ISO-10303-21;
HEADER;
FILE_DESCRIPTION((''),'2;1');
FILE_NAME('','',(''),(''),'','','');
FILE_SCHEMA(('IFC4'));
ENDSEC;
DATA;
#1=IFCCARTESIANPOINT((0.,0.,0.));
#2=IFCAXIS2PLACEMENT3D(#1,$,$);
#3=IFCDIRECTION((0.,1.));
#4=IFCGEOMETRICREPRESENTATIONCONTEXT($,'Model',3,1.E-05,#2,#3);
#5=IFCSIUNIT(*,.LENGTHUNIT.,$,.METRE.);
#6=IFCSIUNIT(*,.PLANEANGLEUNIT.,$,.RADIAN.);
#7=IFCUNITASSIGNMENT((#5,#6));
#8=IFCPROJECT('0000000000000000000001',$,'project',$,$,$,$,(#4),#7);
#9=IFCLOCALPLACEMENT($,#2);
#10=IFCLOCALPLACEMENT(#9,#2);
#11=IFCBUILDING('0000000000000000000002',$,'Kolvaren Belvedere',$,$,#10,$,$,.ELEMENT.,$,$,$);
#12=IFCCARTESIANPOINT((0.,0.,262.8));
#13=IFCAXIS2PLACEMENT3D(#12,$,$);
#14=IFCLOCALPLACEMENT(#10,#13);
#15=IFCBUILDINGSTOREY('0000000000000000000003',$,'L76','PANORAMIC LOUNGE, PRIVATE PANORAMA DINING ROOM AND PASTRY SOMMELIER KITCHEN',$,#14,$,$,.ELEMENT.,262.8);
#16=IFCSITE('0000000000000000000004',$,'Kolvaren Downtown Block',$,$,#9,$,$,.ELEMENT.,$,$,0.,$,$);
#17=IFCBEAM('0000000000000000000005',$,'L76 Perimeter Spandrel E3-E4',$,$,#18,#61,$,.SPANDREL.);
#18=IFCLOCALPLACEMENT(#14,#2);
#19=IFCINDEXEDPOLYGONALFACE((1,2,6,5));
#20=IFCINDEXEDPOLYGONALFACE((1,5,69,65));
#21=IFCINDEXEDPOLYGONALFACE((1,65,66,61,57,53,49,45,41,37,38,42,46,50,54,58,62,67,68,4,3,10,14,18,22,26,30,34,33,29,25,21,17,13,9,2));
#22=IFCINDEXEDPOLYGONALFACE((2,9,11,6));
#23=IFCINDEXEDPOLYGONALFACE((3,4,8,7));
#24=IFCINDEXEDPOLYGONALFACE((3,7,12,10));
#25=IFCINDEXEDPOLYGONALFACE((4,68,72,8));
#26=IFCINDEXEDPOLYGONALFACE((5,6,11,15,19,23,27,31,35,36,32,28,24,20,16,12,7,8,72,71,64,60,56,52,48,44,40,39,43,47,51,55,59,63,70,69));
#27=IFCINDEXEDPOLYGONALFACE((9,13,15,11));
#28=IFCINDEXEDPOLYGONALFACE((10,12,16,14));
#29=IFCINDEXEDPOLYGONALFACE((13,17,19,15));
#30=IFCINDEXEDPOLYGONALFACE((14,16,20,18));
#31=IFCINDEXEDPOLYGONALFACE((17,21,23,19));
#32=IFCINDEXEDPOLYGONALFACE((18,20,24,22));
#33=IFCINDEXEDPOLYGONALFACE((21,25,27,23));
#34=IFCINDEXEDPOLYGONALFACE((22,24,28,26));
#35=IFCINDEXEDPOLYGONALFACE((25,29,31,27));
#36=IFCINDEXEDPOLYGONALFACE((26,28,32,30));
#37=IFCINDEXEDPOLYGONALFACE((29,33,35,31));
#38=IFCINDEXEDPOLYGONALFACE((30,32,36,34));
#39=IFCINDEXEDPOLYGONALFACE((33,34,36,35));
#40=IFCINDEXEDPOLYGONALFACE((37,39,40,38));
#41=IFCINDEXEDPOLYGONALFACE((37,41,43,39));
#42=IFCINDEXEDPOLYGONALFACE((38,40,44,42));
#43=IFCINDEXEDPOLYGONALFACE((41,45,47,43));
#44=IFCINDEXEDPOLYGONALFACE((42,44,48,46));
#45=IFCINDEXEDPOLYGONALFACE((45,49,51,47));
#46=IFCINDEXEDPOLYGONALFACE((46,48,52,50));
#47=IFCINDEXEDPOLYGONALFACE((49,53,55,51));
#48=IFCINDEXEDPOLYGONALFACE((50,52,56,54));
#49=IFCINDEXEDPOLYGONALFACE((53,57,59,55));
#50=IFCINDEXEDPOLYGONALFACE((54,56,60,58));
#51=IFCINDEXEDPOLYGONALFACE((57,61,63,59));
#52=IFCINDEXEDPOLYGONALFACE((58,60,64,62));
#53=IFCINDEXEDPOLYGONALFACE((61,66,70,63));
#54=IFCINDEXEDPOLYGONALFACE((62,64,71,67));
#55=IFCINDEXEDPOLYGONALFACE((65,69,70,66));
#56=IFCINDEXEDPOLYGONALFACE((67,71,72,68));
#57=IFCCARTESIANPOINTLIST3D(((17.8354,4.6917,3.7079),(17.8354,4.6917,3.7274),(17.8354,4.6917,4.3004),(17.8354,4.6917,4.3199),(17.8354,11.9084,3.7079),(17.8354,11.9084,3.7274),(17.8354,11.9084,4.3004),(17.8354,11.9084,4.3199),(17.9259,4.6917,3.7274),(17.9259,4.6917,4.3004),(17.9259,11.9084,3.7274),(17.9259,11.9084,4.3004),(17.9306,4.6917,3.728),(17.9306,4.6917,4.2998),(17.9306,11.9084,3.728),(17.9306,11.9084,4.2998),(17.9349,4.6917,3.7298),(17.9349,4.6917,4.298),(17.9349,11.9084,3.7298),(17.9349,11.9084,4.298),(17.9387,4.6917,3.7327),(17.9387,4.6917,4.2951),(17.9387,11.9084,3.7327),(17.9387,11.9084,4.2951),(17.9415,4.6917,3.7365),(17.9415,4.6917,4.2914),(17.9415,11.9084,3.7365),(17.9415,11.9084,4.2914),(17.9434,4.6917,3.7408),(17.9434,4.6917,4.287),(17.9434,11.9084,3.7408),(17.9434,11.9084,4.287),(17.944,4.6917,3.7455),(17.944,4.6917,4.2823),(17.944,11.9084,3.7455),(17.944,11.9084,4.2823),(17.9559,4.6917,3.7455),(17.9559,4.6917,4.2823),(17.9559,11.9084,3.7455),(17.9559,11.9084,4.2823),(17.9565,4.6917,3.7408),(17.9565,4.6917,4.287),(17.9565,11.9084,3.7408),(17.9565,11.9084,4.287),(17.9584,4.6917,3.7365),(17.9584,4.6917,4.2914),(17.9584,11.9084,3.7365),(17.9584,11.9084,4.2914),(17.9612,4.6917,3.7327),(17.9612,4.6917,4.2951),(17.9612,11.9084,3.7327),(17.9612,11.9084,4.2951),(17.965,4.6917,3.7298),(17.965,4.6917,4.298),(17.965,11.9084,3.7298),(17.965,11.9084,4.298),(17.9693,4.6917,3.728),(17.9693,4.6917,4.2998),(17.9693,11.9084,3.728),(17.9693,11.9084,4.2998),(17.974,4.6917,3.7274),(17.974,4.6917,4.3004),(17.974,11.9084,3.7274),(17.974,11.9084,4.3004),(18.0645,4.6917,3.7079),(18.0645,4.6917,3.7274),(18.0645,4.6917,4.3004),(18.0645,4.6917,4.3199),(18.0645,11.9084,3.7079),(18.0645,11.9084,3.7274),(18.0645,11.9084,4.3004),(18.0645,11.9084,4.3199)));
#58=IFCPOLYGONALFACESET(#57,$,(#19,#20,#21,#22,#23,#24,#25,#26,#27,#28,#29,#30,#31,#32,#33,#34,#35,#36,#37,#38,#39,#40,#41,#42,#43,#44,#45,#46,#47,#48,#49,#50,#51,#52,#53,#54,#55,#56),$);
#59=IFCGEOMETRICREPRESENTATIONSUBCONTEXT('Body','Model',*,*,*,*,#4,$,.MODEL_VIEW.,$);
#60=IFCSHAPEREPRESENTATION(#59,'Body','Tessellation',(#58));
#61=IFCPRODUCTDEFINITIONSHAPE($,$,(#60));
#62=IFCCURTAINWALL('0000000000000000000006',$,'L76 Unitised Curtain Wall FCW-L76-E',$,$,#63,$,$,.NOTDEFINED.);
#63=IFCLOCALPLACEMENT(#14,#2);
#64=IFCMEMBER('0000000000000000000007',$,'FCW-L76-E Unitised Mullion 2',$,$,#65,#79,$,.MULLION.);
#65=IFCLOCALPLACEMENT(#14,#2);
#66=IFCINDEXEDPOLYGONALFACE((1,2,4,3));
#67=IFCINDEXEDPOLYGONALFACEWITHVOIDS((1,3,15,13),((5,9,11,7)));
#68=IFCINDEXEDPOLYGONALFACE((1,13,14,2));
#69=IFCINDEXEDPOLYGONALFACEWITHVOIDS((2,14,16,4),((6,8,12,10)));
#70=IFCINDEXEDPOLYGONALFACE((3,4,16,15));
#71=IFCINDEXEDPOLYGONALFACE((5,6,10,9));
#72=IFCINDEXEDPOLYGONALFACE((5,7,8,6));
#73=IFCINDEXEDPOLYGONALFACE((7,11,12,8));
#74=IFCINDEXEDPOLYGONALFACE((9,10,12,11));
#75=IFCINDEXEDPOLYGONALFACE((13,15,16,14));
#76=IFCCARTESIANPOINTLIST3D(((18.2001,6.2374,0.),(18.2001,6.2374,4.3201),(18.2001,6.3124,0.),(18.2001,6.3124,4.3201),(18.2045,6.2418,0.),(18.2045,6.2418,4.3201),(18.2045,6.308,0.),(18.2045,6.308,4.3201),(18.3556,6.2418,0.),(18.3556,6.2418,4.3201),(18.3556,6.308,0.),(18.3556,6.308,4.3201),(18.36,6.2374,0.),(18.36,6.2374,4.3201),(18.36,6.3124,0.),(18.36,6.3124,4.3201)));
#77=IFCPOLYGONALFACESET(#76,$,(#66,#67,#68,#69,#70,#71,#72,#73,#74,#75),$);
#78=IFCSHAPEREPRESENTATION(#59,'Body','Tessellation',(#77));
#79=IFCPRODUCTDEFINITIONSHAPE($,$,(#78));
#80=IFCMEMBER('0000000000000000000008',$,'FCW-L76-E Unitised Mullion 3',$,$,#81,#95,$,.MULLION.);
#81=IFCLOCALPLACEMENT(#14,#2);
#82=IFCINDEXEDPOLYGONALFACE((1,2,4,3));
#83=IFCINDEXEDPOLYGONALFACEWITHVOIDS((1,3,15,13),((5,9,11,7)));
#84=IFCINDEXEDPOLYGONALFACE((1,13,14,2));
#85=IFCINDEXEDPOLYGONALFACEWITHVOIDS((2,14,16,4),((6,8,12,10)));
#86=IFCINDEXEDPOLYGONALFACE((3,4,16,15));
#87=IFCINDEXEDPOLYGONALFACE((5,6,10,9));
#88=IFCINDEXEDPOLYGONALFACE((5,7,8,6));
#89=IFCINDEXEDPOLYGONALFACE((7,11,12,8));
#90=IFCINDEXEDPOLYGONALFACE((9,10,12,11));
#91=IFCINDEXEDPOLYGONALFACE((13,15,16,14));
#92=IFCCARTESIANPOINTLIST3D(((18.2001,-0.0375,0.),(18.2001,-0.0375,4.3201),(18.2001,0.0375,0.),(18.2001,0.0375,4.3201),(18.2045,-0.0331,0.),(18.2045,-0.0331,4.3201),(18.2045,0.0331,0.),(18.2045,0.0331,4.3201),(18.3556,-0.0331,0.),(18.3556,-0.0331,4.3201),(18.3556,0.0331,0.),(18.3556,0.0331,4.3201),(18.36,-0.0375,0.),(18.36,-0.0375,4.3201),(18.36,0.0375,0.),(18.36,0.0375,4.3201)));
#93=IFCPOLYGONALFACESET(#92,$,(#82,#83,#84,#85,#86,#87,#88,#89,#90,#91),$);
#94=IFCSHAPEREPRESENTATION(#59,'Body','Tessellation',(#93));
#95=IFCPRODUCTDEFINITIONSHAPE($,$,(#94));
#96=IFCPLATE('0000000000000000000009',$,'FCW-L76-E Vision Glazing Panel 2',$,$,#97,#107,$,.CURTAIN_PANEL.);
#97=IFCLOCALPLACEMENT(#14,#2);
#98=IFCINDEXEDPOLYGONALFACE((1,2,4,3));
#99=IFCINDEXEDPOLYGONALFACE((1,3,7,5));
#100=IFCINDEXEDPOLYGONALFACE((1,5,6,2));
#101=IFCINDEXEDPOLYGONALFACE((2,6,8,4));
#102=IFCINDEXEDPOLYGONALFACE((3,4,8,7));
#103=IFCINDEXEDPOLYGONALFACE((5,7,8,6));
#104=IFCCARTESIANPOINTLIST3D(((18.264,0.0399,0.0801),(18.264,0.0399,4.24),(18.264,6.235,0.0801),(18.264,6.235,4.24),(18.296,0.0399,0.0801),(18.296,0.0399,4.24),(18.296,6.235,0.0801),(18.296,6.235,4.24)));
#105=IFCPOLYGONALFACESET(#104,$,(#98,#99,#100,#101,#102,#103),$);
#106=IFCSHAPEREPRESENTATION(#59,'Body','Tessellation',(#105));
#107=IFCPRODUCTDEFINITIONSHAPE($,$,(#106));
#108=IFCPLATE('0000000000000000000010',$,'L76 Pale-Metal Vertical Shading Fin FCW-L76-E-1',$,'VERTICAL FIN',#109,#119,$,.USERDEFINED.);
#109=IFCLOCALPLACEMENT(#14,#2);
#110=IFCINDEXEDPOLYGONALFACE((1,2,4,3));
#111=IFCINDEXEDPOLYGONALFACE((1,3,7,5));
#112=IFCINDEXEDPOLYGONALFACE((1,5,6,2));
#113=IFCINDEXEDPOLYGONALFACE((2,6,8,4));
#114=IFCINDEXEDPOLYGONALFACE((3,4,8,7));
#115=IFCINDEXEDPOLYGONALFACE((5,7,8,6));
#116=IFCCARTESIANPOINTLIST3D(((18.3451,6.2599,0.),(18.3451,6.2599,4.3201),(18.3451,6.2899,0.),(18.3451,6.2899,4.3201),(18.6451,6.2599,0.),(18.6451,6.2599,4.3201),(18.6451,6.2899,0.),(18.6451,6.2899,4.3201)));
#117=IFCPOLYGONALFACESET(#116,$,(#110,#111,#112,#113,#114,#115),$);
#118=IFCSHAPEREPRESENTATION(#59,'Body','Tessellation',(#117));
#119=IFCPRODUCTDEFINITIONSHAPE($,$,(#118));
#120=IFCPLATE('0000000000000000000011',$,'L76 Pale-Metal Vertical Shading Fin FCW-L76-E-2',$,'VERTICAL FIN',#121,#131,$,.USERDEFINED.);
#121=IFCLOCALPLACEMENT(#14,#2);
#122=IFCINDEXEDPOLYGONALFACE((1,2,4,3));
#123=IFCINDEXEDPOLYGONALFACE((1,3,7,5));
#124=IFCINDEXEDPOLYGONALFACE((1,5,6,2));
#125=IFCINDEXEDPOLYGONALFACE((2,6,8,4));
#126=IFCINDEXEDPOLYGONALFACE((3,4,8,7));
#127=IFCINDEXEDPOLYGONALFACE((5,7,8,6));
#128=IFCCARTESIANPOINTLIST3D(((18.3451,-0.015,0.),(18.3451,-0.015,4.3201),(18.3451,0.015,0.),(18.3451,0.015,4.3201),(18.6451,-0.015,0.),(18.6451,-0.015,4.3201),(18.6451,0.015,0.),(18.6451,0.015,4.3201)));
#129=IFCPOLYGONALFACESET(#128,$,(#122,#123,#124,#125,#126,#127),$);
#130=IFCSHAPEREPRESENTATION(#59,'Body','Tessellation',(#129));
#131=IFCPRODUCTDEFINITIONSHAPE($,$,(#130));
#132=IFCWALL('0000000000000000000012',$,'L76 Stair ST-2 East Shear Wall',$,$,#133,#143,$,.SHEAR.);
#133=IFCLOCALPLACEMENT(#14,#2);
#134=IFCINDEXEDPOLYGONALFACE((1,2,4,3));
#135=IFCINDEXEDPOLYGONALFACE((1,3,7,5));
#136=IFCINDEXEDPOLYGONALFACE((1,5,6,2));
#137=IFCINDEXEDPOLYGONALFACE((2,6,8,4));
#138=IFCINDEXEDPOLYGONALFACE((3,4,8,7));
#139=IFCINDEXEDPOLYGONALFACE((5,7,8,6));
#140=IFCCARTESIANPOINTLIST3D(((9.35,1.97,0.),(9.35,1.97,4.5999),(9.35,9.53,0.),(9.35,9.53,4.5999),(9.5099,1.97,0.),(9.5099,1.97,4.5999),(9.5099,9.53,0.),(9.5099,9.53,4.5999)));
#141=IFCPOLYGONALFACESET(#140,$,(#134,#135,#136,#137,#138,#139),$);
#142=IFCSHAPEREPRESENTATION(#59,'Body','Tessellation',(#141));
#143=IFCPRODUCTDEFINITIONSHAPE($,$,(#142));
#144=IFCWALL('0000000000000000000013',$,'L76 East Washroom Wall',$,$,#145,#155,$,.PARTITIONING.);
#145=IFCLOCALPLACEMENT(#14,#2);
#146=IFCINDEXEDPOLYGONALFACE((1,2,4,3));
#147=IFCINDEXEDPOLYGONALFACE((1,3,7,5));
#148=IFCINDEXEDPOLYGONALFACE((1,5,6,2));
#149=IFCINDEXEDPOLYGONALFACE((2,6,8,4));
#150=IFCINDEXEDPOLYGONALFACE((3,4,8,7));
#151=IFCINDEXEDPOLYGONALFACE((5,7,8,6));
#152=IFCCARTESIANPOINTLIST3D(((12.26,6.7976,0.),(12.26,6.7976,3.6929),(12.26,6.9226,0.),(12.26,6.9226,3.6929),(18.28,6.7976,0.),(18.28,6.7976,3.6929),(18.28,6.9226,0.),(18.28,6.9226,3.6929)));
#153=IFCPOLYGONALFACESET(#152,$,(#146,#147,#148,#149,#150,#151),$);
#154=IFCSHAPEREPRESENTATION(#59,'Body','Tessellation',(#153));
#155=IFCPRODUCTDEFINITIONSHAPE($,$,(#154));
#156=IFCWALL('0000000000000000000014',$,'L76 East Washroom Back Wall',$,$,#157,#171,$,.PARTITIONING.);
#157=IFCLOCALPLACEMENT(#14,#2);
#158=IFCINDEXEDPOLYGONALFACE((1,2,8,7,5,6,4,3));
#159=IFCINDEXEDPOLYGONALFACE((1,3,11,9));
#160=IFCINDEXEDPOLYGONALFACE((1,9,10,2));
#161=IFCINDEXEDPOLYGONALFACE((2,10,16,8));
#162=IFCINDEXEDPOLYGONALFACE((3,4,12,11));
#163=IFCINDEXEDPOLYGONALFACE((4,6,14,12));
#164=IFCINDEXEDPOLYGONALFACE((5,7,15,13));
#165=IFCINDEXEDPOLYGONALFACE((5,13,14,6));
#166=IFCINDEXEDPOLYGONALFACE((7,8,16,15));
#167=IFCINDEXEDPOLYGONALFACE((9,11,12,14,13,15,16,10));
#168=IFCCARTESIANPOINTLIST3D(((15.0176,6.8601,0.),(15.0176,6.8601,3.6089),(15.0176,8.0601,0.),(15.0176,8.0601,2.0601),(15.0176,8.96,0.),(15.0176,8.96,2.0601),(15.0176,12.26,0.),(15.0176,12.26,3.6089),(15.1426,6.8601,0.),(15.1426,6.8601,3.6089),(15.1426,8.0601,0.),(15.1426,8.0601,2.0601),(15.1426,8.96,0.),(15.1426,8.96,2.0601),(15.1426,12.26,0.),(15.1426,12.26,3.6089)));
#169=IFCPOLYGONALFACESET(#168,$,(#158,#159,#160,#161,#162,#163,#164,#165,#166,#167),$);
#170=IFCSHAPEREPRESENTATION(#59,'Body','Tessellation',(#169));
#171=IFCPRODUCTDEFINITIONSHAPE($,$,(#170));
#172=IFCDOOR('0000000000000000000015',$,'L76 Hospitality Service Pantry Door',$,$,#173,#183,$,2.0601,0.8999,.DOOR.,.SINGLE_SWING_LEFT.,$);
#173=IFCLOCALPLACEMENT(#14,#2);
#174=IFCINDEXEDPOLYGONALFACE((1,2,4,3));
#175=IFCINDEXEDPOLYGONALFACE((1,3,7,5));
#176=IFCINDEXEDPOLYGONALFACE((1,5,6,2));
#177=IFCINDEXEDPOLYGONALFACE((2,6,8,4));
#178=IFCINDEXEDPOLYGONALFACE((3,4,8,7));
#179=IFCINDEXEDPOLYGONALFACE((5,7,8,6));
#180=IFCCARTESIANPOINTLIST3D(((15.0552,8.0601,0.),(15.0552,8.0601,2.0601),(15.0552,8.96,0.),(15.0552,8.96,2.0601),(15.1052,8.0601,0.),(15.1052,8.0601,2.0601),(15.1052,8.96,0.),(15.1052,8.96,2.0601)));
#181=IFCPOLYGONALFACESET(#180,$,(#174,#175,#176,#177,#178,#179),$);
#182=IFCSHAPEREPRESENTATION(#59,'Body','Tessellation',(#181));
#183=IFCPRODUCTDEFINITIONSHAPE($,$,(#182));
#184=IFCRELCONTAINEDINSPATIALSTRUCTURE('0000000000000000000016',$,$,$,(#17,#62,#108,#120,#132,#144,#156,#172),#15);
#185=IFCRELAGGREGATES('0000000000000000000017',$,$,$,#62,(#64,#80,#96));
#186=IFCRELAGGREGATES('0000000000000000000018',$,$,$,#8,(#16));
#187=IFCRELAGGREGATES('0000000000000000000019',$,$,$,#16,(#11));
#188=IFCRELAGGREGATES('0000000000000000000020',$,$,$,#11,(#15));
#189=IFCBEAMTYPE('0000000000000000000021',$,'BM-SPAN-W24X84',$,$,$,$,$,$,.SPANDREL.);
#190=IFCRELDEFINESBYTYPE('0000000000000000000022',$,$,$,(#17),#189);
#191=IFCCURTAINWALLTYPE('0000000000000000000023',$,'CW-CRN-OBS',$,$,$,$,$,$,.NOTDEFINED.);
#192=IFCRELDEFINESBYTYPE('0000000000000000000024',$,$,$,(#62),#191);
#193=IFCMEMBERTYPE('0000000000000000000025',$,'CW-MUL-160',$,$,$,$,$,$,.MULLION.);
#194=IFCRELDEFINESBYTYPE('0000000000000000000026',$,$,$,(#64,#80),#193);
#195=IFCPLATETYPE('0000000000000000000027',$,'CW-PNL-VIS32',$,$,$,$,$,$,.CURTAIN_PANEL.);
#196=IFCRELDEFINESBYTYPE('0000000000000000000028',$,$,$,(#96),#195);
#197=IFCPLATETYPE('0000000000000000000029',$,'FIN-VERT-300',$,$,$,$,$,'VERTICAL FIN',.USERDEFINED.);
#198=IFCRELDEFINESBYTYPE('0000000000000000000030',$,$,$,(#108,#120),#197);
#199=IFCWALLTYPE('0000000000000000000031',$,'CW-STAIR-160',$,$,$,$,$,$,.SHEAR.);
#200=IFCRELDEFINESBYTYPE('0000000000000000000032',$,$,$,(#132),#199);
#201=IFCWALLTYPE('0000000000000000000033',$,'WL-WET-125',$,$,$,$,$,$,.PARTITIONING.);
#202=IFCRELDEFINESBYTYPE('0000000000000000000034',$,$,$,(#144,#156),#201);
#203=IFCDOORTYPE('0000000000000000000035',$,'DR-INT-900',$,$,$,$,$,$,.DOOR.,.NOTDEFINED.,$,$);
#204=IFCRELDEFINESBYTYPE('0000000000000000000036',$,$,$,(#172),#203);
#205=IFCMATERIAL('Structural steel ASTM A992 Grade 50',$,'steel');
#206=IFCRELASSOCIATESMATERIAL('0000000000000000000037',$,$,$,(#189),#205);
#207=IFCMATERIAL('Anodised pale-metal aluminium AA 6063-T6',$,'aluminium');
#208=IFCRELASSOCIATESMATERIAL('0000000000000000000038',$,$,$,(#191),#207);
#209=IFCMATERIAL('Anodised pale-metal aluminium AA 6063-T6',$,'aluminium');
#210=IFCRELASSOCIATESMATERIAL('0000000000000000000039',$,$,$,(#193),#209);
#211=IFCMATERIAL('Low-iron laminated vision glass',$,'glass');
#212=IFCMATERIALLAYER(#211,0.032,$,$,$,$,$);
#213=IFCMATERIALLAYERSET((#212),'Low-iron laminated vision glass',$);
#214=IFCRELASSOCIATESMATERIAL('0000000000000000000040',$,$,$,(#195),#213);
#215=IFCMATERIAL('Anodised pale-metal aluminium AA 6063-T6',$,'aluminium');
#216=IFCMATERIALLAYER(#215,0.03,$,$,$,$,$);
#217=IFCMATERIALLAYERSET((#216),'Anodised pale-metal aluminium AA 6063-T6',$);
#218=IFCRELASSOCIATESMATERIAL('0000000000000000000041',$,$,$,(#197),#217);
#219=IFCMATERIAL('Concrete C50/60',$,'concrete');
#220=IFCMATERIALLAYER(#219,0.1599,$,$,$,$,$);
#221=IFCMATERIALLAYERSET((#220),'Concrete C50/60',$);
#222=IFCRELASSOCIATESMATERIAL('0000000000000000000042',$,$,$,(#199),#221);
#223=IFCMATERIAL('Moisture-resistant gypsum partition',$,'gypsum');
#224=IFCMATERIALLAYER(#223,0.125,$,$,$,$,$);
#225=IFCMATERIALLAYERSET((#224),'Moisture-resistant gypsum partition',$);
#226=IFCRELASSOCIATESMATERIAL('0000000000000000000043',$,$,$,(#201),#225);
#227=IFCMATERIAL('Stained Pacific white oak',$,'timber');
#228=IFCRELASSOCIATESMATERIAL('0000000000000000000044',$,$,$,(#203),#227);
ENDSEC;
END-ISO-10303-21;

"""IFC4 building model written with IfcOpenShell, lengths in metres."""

from ifc_helpers import new_model, si_unit, direction, frame, frame_2d, origin, origin_2d, place, context, subcontext, project, spatial, rectangle, hollow_rectangle, i_section, extrude, material, layer, layer_set, material_profile, profile_set, type_object, element, fill, aggregate, save


model = new_model("IFC4")

# Units and contexts
model_context = context("Model", 3, precision=1e-05, world=origin(), true_north=direction((0.0, 1.0)))
body_context = subcontext(model_context, "Body", "Model", "MODEL_VIEW")
ifc_project = project(units=[si_unit("LENGTHUNIT", "METRE"), si_unit("PLANEANGLEUNIT", "RADIAN")], contexts=[model_context])

# Site, building, storey
site_placement = place(None, origin())
site = spatial("IfcSite", under=ifc_project, at=site_placement, Name="Kolvaren Downtown Block", CompositionType="ELEMENT", RefElevation=0.0)
building_placement = place(site_placement, origin())
building = spatial("IfcBuilding", under=site, at=building_placement, Name="Kolvaren Belvedere", CompositionType="ELEMENT")
storey_placement = place(building_placement, frame((0.0, 0.0, 262.8)))
storey = spatial("IfcBuildingStorey", under=building, at=storey_placement, Name="L76", Description="PANORAMIC LOUNGE, PRIVATE PANORAMA DINING ROOM AND PASTRY SOMMELIER KITCHEN", CompositionType="ELEMENT", Elevation=262.8)

# Beam
ifc_material_1 = material(Name="Structural steel ASTM A992 Grade 50", Category="steel")
ifc_material_profile_1 = material_profile(ifc_material_1, i_section(OverallWidth=0.229, OverallDepth=0.6121, WebThickness=0.012, FlangeThickness=0.0195, FilletRadius=0.0181, at=origin_2d()), Name="W24X84")
ifc_profile_set_1 = profile_set([ifc_material_profile_1], Name="Structural steel ASTM A992 Grade 50")
beam_type_1 = type_object("IfcBeamType", Name="BM-SPAN-W24X84", PredefinedType="SPANDREL", material=ifc_profile_set_1)
beam_1_placement = place(storey_placement, frame((17.95, 4.6917, 4.0139), z_axis=(0.0, 1.0, 0.0), x_axis=(-1.0, 0.0, 0.0)))
element("IfcBeam", 1, at=beam_1_placement, inside=storey, type_object=beam_type_1, Name="L76 Perimeter Spandrel E3-E4", PredefinedType="SPANDREL", context=body_context, shape_type="SweptSolid", body=[
    extrude(i_section(OverallWidth=0.229, OverallDepth=0.6121, WebThickness=0.012, FlangeThickness=0.0195, FilletRadius=0.0181, at=origin_2d()), origin(), (0.0, 0.0, 1.0), 7.2168),
])

# Curtain wall, members, plate
ifc_material_2 = material(Name="Anodised pale-metal aluminium AA 6063-T6", Category="aluminium")
curtain_wall_type = type_object("IfcCurtainWallType", Name="CW-CRN-OBS", PredefinedType="NOTDEFINED", material=ifc_material_2)
curtain_wall_placement = place(storey_placement, origin())
curtain_wall = element("IfcCurtainWall", 2, at=curtain_wall_placement, inside=storey, type_object=curtain_wall_type, Name="L76 Unitised Curtain Wall FCW-L76-E", PredefinedType="NOTDEFINED")
ifc_material_3 = material(Name="Anodised pale-metal aluminium AA 6063-T6", Category="aluminium")
ifc_material_profile_2 = material_profile(ifc_material_3, hollow_rectangle(XDim=0.075, YDim=0.1599, WallThickness=0.0044, at=origin_2d()), Name="ALU-MUL-160X75")
ifc_profile_set_2 = profile_set([ifc_material_profile_2], Name="Anodised pale-metal aluminium AA 6063-T6")
member_type = type_object("IfcMemberType", Name="CW-MUL-160", PredefinedType="MULLION", material=ifc_profile_set_2)
member_1_placement = place(storey_placement, frame((18.28, 6.2749, 0.0), z_axis=(0.0, 0.0, 1.0), x_axis=(0.0, 1.0, 0.0)))
member_1 = element("IfcMember", 3, at=member_1_placement, type_object=member_type, Name="FCW-L76-E Unitised Mullion 2", PredefinedType="MULLION", context=body_context, shape_type="SweptSolid", body=[
    extrude(hollow_rectangle(XDim=0.075, YDim=0.1599, WallThickness=0.0044, at=origin_2d()), origin(), (0.0, 0.0, 1.0), 4.3201),
])
member_2_placement = place(storey_placement, frame((18.28, 0.0, 0.0), z_axis=(0.0, 0.0, 1.0), x_axis=(0.0, 1.0, 0.0)))
member_2 = element("IfcMember", 4, at=member_2_placement, type_object=member_type, Name="FCW-L76-E Unitised Mullion 3", PredefinedType="MULLION", context=body_context, shape_type="SweptSolid", body=[
    extrude(hollow_rectangle(XDim=0.075, YDim=0.1599, WallThickness=0.0044, at=origin_2d()), origin(), (0.0, 0.0, 1.0), 4.3201),
])
ifc_material_4 = material(Name="Low-iron laminated vision glass", Category="glass")
ifc_layer_1 = layer(ifc_material_4, 0.032)
ifc_layer_set_1 = layer_set([ifc_layer_1], Name="Low-iron laminated vision glass")
plate_type_1 = type_object("IfcPlateType", Name="CW-PNL-VIS32", PredefinedType="CURTAIN_PANEL", material=ifc_layer_set_1)
plate_placement = place(storey_placement, frame((18.28, 3.1375, 0.0801), z_axis=(0.0, 0.0, 1.0), x_axis=(0.0, -1.0, 0.0)))
plate = element("IfcPlate", 5, at=plate_placement, type_object=plate_type_1, Name="FCW-L76-E Vision Glazing Panel 2", PredefinedType="CURTAIN_PANEL", context=body_context, shape_type="SweptSolid", body=[
    extrude(rectangle(XDim=6.1951, YDim=0.032, at=origin_2d()), origin(), (0.0, 0.0, 1.0), 4.1599),
])
aggregate(curtain_wall, [member_1, member_2, plate])

# Plates
ifc_material_5 = material(Name="Anodised pale-metal aluminium AA 6063-T6", Category="aluminium")
ifc_layer_2 = layer(ifc_material_5, 0.03)
ifc_layer_set_2 = layer_set([ifc_layer_2], Name="Anodised pale-metal aluminium AA 6063-T6")
plate_type_2 = type_object("IfcPlateType", Name="FIN-VERT-300", ElementType="VERTICAL FIN", PredefinedType="USERDEFINED", material=ifc_layer_set_2)
for number, where, z_axis, x_axis, name in (
    (6, (18.4951, 6.2749, 0.0), (0.0, 0.0, 1.0), (1.0, 0.0, 0.0), "L76 Pale-Metal Vertical Shading Fin FCW-L76-E-1"),
    (7, (18.4951, 0.0, 0.0), (0.0, 0.0, 1.0), (1.0, 0.0, 0.0), "L76 Pale-Metal Vertical Shading Fin FCW-L76-E-2"),
):
    element("IfcPlate", number, at=place(storey_placement, frame(where, z_axis=z_axis, x_axis=x_axis)), inside=storey, type_object=plate_type_2, Name=name, ObjectType="VERTICAL FIN", PredefinedType="USERDEFINED", context=body_context, shape_type="SweptSolid", body=[
        extrude(rectangle(XDim=0.3, YDim=0.03, at=origin_2d()), origin(), (0.0, 0.0, 1.0), 4.3201),
    ])

# Walls
ifc_material_6 = material(Name="Concrete C50/60", Category="concrete")
ifc_layer_3 = layer(ifc_material_6, 0.1599)
ifc_layer_set_3 = layer_set([ifc_layer_3], Name="Concrete C50/60")
wall_type_1 = type_object("IfcWallType", Name="CW-STAIR-160", PredefinedType="SHEAR", material=ifc_layer_set_3)
wall_1_placement = place(storey_placement, frame((9.4299, 1.97, 0.0), z_axis=(0.0, 0.0, 1.0), x_axis=(0.0, 1.0, 0.0)))
element("IfcWall", 8, at=wall_1_placement, inside=storey, type_object=wall_type_1, Name="L76 Stair ST-2 East Shear Wall", PredefinedType="SHEAR", context=body_context, shape_type="SweptSolid", body=[
    extrude(rectangle(XDim=7.5601, YDim=0.1599, at=frame_2d((3.78, 0.0))), origin(), (0.0, 0.0, 1.0), 4.5999),
])
ifc_material_7 = material(Name="Moisture-resistant gypsum partition", Category="gypsum")
ifc_layer_4 = layer(ifc_material_7, 0.125)
ifc_layer_set_4 = layer_set([ifc_layer_4], Name="Moisture-resistant gypsum partition")
wall_type_2 = type_object("IfcWallType", Name="WL-WET-125", PredefinedType="PARTITIONING", material=ifc_layer_set_4)
wall_2_placement = place(storey_placement, frame((12.26, 6.8601, 0.0), z_axis=(0.0, 0.0, 1.0), x_axis=(1.0, 0.0, 0.0)))
element("IfcWall", 9, at=wall_2_placement, inside=storey, type_object=wall_type_2, Name="L76 East Washroom Wall", PredefinedType="PARTITIONING", context=body_context, shape_type="SweptSolid", body=[
    extrude(rectangle(XDim=6.02, YDim=0.125, at=frame_2d((3.01, 0.0))), origin(), (0.0, 0.0, 1.0), 3.6929),
])

# Wall, opening, door
wall_3_placement = place(storey_placement, frame((15.0801, 6.8601, 0.0), z_axis=(0.0, 0.0, 1.0), x_axis=(0.0, 1.0, 0.0)))
wall_3 = element("IfcWall", 10, at=wall_3_placement, inside=storey, type_object=wall_type_2, Name="L76 East Washroom Back Wall", PredefinedType="PARTITIONING", context=body_context, shape_type="SweptSolid", body=[
    extrude(rectangle(XDim=5.3999, YDim=0.125, at=frame_2d((2.7, 0.0))), origin(), (0.0, 0.0, 1.0), 3.6089),
])
opening_placement = place(wall_3_placement, frame((1.2, 0.0, 0.0)))
opening = element("IfcOpeningElement", 11, at=opening_placement, cuts=wall_3, PredefinedType="OPENING", context=body_context, shape_type="SweptSolid", body=[
    extrude(rectangle(XDim=0.8999, YDim=2.0601, at=frame_2d((0.45, 1.03))), frame((0.0, 0.0725, 0.0), z_axis=(0.0, -1.0, 0.0), x_axis=(1.0, 0.0, 0.0)), (0.0, 0.0, 1.0), 0.145),
])
ifc_material_8 = material(Name="Stained Pacific white oak", Category="timber")
door_type = type_object("IfcDoorType", Name="DR-INT-900", OperationType="NOTDEFINED", PredefinedType="DOOR", material=ifc_material_8)
door_placement = place(opening_placement, origin())
door = element("IfcDoor", 12, at=door_placement, inside=storey, type_object=door_type, Name="L76 Hospitality Service Pantry Door", OperationType="SINGLE_SWING_LEFT", OverallHeight=2.0601, OverallWidth=0.8999, PredefinedType="DOOR", context=body_context, shape_type="SweptSolid", body=[
    extrude(rectangle(XDim=0.8999, YDim=2.0601, at=frame_2d((0.45, 1.03))), frame((0.0, 0.0249, 0.0), z_axis=(0.0, -1.0, 0.0), x_axis=(1.0, 0.0, 0.0)), (0.0, 0.0, 1.0), 0.05),
])
fill(opening, door)

save(model, "model.ifc")
